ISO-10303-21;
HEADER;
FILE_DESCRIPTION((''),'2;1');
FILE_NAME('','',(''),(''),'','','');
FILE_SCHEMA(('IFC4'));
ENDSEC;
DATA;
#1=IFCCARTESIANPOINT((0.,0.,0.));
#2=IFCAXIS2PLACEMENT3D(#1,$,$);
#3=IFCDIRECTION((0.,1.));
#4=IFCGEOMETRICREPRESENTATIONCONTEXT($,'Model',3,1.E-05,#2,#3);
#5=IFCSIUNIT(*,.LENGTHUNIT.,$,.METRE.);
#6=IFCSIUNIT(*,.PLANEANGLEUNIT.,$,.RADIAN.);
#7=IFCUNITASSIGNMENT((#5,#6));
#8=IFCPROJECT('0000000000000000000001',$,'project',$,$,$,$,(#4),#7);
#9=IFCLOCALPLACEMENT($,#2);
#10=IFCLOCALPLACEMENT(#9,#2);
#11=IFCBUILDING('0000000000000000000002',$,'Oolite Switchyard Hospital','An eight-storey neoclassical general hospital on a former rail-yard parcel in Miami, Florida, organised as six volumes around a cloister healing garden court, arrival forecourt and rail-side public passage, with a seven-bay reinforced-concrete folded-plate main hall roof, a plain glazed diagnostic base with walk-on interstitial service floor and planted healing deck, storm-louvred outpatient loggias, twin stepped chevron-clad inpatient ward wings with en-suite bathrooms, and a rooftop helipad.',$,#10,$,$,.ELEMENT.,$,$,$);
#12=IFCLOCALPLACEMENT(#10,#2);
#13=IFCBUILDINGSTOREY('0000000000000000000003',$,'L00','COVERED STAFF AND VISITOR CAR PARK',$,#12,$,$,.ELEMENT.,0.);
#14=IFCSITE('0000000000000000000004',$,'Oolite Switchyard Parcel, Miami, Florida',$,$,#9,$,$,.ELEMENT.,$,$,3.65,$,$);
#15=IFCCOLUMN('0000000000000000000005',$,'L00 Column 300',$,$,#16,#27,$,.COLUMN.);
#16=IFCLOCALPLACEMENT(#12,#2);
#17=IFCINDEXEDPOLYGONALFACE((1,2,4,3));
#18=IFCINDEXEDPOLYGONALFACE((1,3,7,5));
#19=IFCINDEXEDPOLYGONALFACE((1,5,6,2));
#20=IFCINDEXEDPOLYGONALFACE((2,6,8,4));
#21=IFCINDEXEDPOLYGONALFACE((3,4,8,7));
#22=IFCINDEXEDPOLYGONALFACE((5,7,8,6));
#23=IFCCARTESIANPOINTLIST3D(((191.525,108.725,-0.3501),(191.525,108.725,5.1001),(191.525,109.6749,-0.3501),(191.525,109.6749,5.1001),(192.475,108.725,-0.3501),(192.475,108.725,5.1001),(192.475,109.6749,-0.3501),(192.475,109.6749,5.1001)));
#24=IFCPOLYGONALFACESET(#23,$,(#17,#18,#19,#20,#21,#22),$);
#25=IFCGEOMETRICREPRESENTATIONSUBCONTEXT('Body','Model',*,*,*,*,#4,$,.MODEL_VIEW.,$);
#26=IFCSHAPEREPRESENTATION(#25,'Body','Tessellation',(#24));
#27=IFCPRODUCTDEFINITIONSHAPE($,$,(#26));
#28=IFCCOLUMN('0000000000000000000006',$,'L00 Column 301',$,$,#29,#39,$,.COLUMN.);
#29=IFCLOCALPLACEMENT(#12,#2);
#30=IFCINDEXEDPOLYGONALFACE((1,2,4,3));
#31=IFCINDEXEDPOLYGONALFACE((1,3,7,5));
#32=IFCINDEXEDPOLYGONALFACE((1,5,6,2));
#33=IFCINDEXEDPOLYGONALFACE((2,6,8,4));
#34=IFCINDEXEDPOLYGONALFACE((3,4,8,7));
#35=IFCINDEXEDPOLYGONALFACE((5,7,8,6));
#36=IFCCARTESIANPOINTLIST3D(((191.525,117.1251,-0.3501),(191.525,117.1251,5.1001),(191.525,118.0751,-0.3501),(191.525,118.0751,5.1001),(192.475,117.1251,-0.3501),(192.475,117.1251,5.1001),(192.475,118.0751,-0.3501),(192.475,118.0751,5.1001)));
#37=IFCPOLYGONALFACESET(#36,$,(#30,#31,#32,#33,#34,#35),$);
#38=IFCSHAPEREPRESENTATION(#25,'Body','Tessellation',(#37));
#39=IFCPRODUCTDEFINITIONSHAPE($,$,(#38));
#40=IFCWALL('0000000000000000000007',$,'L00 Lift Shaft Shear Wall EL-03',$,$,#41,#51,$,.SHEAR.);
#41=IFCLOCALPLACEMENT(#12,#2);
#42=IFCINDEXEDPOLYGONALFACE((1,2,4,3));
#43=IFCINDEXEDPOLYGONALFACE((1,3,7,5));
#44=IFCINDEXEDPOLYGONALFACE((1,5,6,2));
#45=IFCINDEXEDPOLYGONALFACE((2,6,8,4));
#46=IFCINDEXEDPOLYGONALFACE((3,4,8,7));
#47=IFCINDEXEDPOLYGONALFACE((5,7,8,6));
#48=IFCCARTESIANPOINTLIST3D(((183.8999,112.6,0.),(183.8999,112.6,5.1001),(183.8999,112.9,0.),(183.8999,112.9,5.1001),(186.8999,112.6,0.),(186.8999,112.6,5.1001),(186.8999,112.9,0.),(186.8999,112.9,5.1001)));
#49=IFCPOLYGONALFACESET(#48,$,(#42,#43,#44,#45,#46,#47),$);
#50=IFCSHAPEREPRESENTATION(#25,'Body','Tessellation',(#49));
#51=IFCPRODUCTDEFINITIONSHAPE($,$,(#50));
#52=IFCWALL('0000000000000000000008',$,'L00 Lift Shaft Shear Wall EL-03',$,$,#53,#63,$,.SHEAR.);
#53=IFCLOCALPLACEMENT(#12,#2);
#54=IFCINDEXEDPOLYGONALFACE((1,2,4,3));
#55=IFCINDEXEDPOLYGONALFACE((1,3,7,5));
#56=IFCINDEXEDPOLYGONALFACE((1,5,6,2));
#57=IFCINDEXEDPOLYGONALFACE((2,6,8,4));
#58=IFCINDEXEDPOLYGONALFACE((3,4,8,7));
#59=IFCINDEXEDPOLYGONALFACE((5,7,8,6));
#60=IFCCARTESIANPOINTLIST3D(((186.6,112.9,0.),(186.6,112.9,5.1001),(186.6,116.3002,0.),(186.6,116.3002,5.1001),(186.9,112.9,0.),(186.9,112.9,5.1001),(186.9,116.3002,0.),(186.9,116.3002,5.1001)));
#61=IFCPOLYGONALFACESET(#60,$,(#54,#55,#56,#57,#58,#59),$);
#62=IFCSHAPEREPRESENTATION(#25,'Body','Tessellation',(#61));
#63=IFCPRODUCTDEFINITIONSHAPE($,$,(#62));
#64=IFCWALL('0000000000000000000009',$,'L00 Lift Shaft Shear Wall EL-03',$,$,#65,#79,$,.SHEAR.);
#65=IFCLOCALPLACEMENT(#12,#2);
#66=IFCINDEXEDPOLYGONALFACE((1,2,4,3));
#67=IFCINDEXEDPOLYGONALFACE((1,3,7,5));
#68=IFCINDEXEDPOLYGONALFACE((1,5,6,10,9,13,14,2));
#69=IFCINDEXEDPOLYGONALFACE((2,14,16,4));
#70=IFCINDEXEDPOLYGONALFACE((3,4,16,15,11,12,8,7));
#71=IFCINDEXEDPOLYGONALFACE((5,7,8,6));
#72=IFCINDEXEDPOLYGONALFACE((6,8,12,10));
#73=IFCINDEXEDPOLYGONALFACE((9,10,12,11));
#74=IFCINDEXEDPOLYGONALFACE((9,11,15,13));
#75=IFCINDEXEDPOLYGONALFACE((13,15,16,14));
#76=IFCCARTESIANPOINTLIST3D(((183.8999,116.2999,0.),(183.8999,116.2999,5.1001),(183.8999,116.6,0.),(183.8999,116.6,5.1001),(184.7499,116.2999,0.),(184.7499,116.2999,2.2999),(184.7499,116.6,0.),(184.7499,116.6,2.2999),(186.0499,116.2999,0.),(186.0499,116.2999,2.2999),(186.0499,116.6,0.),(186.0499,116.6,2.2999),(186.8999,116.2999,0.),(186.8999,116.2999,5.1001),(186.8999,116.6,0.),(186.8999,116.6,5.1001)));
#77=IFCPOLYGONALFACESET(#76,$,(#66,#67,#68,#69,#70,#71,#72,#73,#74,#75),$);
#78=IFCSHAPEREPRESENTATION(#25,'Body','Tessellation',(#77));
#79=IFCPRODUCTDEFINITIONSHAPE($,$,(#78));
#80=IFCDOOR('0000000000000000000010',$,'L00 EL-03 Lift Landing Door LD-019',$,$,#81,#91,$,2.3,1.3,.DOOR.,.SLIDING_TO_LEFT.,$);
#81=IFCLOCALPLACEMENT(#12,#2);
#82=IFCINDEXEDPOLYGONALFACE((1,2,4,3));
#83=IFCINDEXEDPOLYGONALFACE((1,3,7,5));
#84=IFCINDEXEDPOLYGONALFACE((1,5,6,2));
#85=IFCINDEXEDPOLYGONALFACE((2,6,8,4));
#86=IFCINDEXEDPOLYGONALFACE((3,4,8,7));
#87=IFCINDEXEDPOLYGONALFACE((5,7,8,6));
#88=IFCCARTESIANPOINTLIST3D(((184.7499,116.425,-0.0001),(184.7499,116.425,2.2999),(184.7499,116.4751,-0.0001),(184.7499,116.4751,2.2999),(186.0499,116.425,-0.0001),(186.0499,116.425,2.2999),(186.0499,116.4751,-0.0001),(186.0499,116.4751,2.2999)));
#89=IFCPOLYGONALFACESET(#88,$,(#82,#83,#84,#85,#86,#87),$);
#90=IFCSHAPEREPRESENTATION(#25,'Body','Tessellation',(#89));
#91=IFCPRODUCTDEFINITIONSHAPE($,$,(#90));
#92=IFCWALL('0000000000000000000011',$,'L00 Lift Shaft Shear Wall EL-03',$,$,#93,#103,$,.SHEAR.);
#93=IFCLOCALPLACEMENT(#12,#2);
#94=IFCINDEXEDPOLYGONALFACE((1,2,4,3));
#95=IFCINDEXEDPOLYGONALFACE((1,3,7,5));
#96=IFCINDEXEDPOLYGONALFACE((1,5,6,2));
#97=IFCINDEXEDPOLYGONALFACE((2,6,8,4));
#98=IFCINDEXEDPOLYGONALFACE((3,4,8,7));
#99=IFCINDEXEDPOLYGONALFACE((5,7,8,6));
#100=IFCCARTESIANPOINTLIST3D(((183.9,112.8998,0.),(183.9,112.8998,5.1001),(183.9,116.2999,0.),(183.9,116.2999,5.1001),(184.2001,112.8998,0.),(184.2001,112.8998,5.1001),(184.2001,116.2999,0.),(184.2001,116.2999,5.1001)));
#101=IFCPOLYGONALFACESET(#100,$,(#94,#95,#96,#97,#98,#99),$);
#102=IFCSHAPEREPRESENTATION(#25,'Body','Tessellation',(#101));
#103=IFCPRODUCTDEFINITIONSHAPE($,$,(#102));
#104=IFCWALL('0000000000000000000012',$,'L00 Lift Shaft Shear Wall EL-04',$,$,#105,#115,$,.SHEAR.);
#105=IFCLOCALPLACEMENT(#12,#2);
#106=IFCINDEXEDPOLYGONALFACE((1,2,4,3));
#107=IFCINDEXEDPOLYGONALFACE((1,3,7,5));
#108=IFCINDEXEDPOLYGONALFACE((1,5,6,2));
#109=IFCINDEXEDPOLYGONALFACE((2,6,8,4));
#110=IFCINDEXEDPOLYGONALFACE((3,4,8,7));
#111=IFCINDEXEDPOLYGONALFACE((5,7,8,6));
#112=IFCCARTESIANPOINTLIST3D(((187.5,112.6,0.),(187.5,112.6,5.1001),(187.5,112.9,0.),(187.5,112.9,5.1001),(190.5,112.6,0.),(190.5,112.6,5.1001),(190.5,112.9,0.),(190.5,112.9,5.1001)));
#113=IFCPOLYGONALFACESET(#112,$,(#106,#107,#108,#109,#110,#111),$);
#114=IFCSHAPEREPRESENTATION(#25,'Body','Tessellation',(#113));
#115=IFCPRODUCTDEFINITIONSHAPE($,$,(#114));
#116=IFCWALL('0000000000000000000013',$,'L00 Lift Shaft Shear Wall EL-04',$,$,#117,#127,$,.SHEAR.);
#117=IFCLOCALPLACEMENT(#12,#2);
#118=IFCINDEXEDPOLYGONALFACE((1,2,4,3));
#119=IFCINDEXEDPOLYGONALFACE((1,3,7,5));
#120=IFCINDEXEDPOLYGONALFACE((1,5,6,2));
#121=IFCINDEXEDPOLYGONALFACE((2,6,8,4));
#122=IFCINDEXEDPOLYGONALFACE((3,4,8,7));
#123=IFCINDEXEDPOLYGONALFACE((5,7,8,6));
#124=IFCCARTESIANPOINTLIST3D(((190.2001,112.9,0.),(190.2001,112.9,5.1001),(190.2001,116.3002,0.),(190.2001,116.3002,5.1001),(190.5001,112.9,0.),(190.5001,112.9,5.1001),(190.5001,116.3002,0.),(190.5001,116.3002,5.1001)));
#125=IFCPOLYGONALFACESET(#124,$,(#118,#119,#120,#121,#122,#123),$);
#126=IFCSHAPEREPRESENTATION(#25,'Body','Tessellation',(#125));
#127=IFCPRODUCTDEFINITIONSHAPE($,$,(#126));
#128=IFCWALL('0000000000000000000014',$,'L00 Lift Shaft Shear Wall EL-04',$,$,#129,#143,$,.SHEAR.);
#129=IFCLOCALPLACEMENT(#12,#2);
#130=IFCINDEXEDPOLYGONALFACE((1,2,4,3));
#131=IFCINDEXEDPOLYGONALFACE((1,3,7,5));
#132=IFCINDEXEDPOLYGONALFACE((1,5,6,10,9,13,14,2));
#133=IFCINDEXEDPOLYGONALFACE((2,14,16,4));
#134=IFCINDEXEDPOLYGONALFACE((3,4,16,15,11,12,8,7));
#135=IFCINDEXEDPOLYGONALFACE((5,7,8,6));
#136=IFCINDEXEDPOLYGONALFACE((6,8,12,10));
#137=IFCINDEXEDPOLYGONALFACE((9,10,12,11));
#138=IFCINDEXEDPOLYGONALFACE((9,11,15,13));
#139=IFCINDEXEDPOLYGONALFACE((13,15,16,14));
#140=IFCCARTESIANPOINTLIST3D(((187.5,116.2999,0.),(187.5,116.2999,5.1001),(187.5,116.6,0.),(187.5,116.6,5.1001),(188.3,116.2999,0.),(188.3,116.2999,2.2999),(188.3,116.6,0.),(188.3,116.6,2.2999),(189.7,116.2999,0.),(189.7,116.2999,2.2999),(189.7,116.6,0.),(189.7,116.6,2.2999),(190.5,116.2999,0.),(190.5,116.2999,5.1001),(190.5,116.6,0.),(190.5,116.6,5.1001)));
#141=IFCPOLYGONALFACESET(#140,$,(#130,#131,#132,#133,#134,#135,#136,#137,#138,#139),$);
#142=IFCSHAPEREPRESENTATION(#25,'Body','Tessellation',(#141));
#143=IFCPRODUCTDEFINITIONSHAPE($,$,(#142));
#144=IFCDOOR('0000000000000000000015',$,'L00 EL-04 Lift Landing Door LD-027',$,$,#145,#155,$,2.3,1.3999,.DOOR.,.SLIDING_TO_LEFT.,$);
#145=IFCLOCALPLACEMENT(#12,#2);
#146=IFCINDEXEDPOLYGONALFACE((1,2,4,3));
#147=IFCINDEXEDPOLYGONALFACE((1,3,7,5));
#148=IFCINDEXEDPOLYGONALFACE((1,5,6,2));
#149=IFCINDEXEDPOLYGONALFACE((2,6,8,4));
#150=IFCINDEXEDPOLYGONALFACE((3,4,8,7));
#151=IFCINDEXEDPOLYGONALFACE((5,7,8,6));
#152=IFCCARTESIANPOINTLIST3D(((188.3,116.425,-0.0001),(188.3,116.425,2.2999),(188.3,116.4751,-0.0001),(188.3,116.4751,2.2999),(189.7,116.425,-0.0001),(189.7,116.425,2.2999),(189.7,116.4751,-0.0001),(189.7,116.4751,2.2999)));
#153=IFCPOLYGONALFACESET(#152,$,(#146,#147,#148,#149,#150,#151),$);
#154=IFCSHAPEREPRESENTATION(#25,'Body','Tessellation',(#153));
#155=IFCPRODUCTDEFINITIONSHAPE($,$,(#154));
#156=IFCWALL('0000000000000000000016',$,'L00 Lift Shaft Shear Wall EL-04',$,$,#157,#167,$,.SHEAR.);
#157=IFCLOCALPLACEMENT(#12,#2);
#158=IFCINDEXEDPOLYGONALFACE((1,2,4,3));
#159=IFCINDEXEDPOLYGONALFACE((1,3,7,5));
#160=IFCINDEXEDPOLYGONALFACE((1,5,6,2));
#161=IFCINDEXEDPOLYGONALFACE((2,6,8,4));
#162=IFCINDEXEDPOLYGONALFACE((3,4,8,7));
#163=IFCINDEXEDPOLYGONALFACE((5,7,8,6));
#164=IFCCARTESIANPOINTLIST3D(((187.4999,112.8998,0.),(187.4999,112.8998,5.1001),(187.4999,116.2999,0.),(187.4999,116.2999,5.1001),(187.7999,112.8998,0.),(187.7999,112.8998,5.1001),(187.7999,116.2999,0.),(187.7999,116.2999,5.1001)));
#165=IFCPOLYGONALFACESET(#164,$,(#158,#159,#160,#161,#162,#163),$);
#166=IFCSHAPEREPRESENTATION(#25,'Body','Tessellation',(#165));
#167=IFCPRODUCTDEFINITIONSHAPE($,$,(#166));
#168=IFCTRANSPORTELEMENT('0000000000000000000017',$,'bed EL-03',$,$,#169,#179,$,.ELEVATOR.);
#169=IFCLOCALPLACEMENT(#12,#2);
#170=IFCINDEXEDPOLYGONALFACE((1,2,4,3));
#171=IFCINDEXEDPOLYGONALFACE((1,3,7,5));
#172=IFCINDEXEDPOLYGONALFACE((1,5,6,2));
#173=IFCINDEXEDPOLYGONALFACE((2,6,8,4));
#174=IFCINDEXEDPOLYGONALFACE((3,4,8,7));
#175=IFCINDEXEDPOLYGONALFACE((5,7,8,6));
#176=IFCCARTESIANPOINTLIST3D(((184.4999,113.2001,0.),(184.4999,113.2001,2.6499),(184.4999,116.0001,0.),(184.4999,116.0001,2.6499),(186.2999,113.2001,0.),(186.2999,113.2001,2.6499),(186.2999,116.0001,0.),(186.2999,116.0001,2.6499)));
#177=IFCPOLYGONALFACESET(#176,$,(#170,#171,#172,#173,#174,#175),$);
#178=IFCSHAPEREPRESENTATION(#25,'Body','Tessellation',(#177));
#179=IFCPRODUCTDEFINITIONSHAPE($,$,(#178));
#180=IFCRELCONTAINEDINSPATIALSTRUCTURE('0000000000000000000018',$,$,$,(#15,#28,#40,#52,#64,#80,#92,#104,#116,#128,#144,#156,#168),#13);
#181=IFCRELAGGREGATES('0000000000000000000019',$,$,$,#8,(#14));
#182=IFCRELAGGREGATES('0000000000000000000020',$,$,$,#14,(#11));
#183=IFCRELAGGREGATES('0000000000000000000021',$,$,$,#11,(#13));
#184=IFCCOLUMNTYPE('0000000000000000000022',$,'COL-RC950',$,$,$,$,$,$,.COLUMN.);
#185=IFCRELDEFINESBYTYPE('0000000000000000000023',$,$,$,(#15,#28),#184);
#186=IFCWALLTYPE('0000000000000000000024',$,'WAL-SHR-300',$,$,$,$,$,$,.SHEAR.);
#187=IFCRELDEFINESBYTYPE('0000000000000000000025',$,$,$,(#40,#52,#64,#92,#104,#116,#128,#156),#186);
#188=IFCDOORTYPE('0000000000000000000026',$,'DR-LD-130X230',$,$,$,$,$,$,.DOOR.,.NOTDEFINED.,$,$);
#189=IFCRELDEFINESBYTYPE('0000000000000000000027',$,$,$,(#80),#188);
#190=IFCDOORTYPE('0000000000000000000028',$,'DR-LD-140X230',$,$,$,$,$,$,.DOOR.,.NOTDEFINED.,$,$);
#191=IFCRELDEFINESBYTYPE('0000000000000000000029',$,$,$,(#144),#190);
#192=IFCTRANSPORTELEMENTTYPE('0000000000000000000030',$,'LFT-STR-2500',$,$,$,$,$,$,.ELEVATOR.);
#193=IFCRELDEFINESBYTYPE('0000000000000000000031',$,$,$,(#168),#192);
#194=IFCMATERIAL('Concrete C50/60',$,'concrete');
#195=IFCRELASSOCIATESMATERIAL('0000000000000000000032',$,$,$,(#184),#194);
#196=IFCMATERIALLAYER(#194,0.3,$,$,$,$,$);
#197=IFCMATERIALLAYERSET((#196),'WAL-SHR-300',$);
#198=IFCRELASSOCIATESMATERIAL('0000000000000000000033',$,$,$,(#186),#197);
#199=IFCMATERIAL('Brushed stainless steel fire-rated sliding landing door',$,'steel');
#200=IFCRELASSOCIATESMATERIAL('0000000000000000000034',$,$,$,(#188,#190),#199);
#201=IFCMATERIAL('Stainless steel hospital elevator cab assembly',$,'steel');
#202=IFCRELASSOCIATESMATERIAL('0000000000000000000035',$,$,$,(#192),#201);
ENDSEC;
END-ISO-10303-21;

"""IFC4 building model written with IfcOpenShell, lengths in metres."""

from ifc_helpers import new_model, si_unit, direction, frame, frame_2d, origin, origin_2d, place, context, subcontext, project, spatial, rectangle, extrude, material, layer, layer_set, material_profile, profile_set, type_object, element, fill, save


model = new_model("IFC4")

# Units and contexts
model_context = context("Model", 3, precision=1e-05, world=origin(), true_north=direction((0.0, 1.0)))
body_context = subcontext(model_context, "Body", "Model", "MODEL_VIEW")
ifc_project = project(units=[si_unit("LENGTHUNIT", "METRE"), si_unit("PLANEANGLEUNIT", "RADIAN")], contexts=[model_context])

# Site, building, storey
site_placement = place(None, origin())
site = spatial("IfcSite", under=ifc_project, at=site_placement, Name="Oolite Switchyard Parcel, Miami, Florida", CompositionType="ELEMENT", RefElevation=3.65)
building_placement = place(site_placement, origin())
building = spatial("IfcBuilding", under=site, at=building_placement, Name="Oolite Switchyard Hospital", Description="An eight-storey neoclassical general hospital on a former rail-yard parcel in Miami, Florida, organised as six volumes around a cloister healing garden court, arrival forecourt and rail-side public passage, with a seven-bay reinforced-concrete folded-plate main hall roof, a plain glazed diagnostic base with walk-on interstitial service floor and planted healing deck, storm-louvred outpatient loggias, twin stepped chevron-clad inpatient ward wings with en-suite bathrooms, and a rooftop helipad.", CompositionType="ELEMENT")
storey_placement = place(building_placement, origin())
storey = spatial("IfcBuildingStorey", under=building, at=storey_placement, Name="L00", Description="COVERED STAFF AND VISITOR CAR PARK", CompositionType="ELEMENT", Elevation=0.0)

# Columns
ifc_material_1 = material(Name="Concrete C50/60", Category="concrete")
ifc_material_profile_1 = material_profile(ifc_material_1, rectangle(XDim=0.95, YDim=0.95, at=origin_2d()), Name="RC950X950")
ifc_profile_set_1 = profile_set([ifc_material_profile_1], Name="Concrete C50/60")
column_type = type_object("IfcColumnType", Name="COL-RC950", PredefinedType="COLUMN", material=ifc_profile_set_1)
for number, where, z_axis, x_axis, name in (
    (1, (192.0, 109.2, -0.3501), (0.0, 0.0, 1.0), (1.0, 0.0, 0.0), "L00 Column 300"),
    (2, (192.0, 117.6001, -0.3501), (0.0, 0.0, 1.0), (1.0, 0.0, 0.0), "L00 Column 301"),
):
    element("IfcColumn", number, at=place(storey_placement, frame(where, z_axis=z_axis, x_axis=x_axis)), inside=storey, type_object=column_type, Name=name, PredefinedType="COLUMN", context=body_context, shape_type="SweptSolid", body=[
        extrude(rectangle(XDim=0.95, YDim=0.95, at=origin_2d()), origin(), (0.0, 0.0, 1.0), 5.4502),
    ])

# Walls
ifc_layer = layer(ifc_material_1, 0.3)
ifc_layer_set = layer_set([ifc_layer], Name="WAL-SHR-300")
wall_type = type_object("IfcWallType", Name="WAL-SHR-300", PredefinedType="SHEAR", material=ifc_layer_set)
wall_1_placement = place(storey_placement, frame((183.8999, 112.75, 0.0), z_axis=(0.0, 0.0, 1.0), x_axis=(1.0, 0.0, 0.0)))
element("IfcWall", 3, at=wall_1_placement, inside=storey, type_object=wall_type, Name="L00 Lift Shaft Shear Wall EL-03", PredefinedType="SHEAR", context=body_context, shape_type="SweptSolid", body=[
    extrude(rectangle(XDim=3.0, YDim=0.3, at=frame_2d((1.5, 0.0))), origin(), (0.0, 0.0, 1.0), 5.1001),
])
wall_2_placement = place(storey_placement, frame((186.75, 112.8999, 0.0), z_axis=(0.0, 0.0, 1.0), x_axis=(0.0, 1.0, 0.0)))
element("IfcWall", 4, at=wall_2_placement, inside=storey, type_object=wall_type, Name="L00 Lift Shaft Shear Wall EL-03", PredefinedType="SHEAR", context=body_context, shape_type="SweptSolid", body=[
    extrude(rectangle(XDim=3.4001, YDim=0.3, at=frame_2d((1.7002, 0.0))), origin(), (0.0, 0.0, 1.0), 5.1001),
])

# Wall, opening, door
wall_3_placement = place(storey_placement, frame((186.8999, 116.45, 0.0), z_axis=(0.0, 0.0, 1.0), x_axis=(-1.0, 0.0, 0.0)))
wall_3 = element("IfcWall", 5, at=wall_3_placement, inside=storey, type_object=wall_type, Name="L00 Lift Shaft Shear Wall EL-03", PredefinedType="SHEAR", context=body_context, shape_type="SweptSolid", body=[
    extrude(rectangle(XDim=3.0, YDim=0.3, at=frame_2d((1.5, 0.0))), origin(), (0.0, 0.0, 1.0), 5.1001),
])
opening_1_placement = place(wall_3_placement, frame((0.8501, 0.0, 0.0)))
opening_1 = element("IfcOpeningElement", 6, at=opening_1_placement, cuts=wall_3, PredefinedType="OPENING", context=body_context, shape_type="SweptSolid", body=[
    extrude(rectangle(XDim=1.3, YDim=2.3, at=frame_2d((0.6499, 1.1499))), frame((0.0, 0.1602, 0.0), z_axis=(0.0, -1.0, 0.0), x_axis=(1.0, 0.0, 0.0)), (0.0, 0.0, 1.0), 0.3201),
])
ifc_material_2 = material(Name="Brushed stainless steel fire-rated sliding landing door", Category="steel")
door_type_1 = type_object("IfcDoorType", Name="DR-LD-130X230", OperationType="NOTDEFINED", PredefinedType="DOOR", material=ifc_material_2)
door_1_placement = place(opening_1_placement, origin())
door_1 = element("IfcDoor", 7, at=door_1_placement, inside=storey, type_object=door_type_1, Name="L00 EL-03 Lift Landing Door LD-019", OperationType="SLIDING_TO_LEFT", OverallHeight=2.3, OverallWidth=1.3, PredefinedType="DOOR", context=body_context, shape_type="SweptSolid", body=[
    extrude(rectangle(XDim=1.3, YDim=2.3, at=frame_2d((0.6499, 1.1499))), frame((0.0, 0.0249, 0.0), z_axis=(0.0, -1.0, 0.0), x_axis=(1.0, 0.0, 0.0)), (0.0, 0.0, 1.0), 0.05),
])
fill(opening_1, door_1)

# Walls
wall_4_placement = place(storey_placement, frame((184.05, 116.3, 0.0), z_axis=(0.0, 0.0, 1.0), x_axis=(0.0, -1.0, 0.0)))
element("IfcWall", 8, at=wall_4_placement, inside=storey, type_object=wall_type, Name="L00 Lift Shaft Shear Wall EL-03", PredefinedType="SHEAR", context=body_context, shape_type="SweptSolid", body=[
    extrude(rectangle(XDim=3.4001, YDim=0.3, at=frame_2d((1.7002, 0.0))), origin(), (0.0, 0.0, 1.0), 5.1001),
])
wall_5_placement = place(storey_placement, frame((187.5, 112.75, 0.0), z_axis=(0.0, 0.0, 1.0), x_axis=(1.0, 0.0, 0.0)))
element("IfcWall", 9, at=wall_5_placement, inside=storey, type_object=wall_type, Name="L00 Lift Shaft Shear Wall EL-04", PredefinedType="SHEAR", context=body_context, shape_type="SweptSolid", body=[
    extrude(rectangle(XDim=3.0, YDim=0.3, at=frame_2d((1.5, 0.0))), origin(), (0.0, 0.0, 1.0), 5.1001),
])
wall_6_placement = place(storey_placement, frame((190.3501, 112.8999, 0.0), z_axis=(0.0, 0.0, 1.0), x_axis=(0.0, 1.0, 0.0)))
element("IfcWall", 10, at=wall_6_placement, inside=storey, type_object=wall_type, Name="L00 Lift Shaft Shear Wall EL-04", PredefinedType="SHEAR", context=body_context, shape_type="SweptSolid", body=[
    extrude(rectangle(XDim=3.4001, YDim=0.3, at=frame_2d((1.7002, 0.0))), origin(), (0.0, 0.0, 1.0), 5.1001),
])

# Wall, opening, door
wall_7_placement = place(storey_placement, frame((190.5, 116.45, 0.0), z_axis=(0.0, 0.0, 1.0), x_axis=(-1.0, 0.0, 0.0)))
wall_7 = element("IfcWall", 11, at=wall_7_placement, inside=storey, type_object=wall_type, Name="L00 Lift Shaft Shear Wall EL-04", PredefinedType="SHEAR", context=body_context, shape_type="SweptSolid", body=[
    extrude(rectangle(XDim=3.0, YDim=0.3, at=frame_2d((1.5, 0.0))), origin(), (0.0, 0.0, 1.0), 5.1001),
])
opening_2_placement = place(wall_7_placement, frame((0.8, 0.0, 0.0)))
opening_2 = element("IfcOpeningElement", 12, at=opening_2_placement, cuts=wall_7, PredefinedType="OPENING", context=body_context, shape_type="SweptSolid", body=[
    extrude(rectangle(XDim=1.3999, YDim=2.3, at=frame_2d((0.7, 1.1499))), frame((0.0, 0.1602, 0.0), z_axis=(0.0, -1.0, 0.0), x_axis=(1.0, 0.0, 0.0)), (0.0, 0.0, 1.0), 0.3201),
])
door_type_2 = type_object("IfcDoorType", Name="DR-LD-140X230", OperationType="NOTDEFINED", PredefinedType="DOOR", material=ifc_material_2)
door_2_placement = place(opening_2_placement, origin())
door_2 = element("IfcDoor", 13, at=door_2_placement, inside=storey, type_object=door_type_2, Name="L00 EL-04 Lift Landing Door LD-027", OperationType="SLIDING_TO_LEFT", OverallHeight=2.3, OverallWidth=1.3999, PredefinedType="DOOR", context=body_context, shape_type="SweptSolid", body=[
    extrude(rectangle(XDim=1.3999, YDim=2.3, at=frame_2d((0.7, 1.1499))), frame((0.0, 0.0249, 0.0), z_axis=(0.0, -1.0, 0.0), x_axis=(1.0, 0.0, 0.0)), (0.0, 0.0, 1.0), 0.05),
])
fill(opening_2, door_2)

# Wall
wall_8_placement = place(storey_placement, frame((187.6499, 116.3, 0.0), z_axis=(0.0, 0.0, 1.0), x_axis=(0.0, -1.0, 0.0)))
element("IfcWall", 14, at=wall_8_placement, inside=storey, type_object=wall_type, Name="L00 Lift Shaft Shear Wall EL-04", PredefinedType="SHEAR", context=body_context, shape_type="SweptSolid", body=[
    extrude(rectangle(XDim=3.4001, YDim=0.3, at=frame_2d((1.7002, 0.0))), origin(), (0.0, 0.0, 1.0), 5.1001),
])

# Transport element
ifc_material_3 = material(Name="Stainless steel hospital elevator cab assembly", Category="steel")
transport_element_type = type_object("IfcTransportElementType", Name="LFT-STR-2500", PredefinedType="ELEVATOR", material=ifc_material_3)
for number, where, z_axis, x_axis, name in (
    (15, (185.3999, 114.6001, 0.0), (0.0, 0.0, 1.0), (1.0, 0.0, 0.0), "bed EL-03"),
):
    element("IfcTransportElement", number, at=place(storey_placement, frame(where, z_axis=z_axis, x_axis=x_axis)), inside=storey, type_object=transport_element_type, Name=name, PredefinedType="ELEVATOR", context=body_context, shape_type="SweptSolid", body=[
        extrude(rectangle(XDim=1.8, YDim=2.8, at=origin_2d()), origin(), (0.0, 0.0, 1.0), 2.6499),
    ])

save(model, "model.ifc")
